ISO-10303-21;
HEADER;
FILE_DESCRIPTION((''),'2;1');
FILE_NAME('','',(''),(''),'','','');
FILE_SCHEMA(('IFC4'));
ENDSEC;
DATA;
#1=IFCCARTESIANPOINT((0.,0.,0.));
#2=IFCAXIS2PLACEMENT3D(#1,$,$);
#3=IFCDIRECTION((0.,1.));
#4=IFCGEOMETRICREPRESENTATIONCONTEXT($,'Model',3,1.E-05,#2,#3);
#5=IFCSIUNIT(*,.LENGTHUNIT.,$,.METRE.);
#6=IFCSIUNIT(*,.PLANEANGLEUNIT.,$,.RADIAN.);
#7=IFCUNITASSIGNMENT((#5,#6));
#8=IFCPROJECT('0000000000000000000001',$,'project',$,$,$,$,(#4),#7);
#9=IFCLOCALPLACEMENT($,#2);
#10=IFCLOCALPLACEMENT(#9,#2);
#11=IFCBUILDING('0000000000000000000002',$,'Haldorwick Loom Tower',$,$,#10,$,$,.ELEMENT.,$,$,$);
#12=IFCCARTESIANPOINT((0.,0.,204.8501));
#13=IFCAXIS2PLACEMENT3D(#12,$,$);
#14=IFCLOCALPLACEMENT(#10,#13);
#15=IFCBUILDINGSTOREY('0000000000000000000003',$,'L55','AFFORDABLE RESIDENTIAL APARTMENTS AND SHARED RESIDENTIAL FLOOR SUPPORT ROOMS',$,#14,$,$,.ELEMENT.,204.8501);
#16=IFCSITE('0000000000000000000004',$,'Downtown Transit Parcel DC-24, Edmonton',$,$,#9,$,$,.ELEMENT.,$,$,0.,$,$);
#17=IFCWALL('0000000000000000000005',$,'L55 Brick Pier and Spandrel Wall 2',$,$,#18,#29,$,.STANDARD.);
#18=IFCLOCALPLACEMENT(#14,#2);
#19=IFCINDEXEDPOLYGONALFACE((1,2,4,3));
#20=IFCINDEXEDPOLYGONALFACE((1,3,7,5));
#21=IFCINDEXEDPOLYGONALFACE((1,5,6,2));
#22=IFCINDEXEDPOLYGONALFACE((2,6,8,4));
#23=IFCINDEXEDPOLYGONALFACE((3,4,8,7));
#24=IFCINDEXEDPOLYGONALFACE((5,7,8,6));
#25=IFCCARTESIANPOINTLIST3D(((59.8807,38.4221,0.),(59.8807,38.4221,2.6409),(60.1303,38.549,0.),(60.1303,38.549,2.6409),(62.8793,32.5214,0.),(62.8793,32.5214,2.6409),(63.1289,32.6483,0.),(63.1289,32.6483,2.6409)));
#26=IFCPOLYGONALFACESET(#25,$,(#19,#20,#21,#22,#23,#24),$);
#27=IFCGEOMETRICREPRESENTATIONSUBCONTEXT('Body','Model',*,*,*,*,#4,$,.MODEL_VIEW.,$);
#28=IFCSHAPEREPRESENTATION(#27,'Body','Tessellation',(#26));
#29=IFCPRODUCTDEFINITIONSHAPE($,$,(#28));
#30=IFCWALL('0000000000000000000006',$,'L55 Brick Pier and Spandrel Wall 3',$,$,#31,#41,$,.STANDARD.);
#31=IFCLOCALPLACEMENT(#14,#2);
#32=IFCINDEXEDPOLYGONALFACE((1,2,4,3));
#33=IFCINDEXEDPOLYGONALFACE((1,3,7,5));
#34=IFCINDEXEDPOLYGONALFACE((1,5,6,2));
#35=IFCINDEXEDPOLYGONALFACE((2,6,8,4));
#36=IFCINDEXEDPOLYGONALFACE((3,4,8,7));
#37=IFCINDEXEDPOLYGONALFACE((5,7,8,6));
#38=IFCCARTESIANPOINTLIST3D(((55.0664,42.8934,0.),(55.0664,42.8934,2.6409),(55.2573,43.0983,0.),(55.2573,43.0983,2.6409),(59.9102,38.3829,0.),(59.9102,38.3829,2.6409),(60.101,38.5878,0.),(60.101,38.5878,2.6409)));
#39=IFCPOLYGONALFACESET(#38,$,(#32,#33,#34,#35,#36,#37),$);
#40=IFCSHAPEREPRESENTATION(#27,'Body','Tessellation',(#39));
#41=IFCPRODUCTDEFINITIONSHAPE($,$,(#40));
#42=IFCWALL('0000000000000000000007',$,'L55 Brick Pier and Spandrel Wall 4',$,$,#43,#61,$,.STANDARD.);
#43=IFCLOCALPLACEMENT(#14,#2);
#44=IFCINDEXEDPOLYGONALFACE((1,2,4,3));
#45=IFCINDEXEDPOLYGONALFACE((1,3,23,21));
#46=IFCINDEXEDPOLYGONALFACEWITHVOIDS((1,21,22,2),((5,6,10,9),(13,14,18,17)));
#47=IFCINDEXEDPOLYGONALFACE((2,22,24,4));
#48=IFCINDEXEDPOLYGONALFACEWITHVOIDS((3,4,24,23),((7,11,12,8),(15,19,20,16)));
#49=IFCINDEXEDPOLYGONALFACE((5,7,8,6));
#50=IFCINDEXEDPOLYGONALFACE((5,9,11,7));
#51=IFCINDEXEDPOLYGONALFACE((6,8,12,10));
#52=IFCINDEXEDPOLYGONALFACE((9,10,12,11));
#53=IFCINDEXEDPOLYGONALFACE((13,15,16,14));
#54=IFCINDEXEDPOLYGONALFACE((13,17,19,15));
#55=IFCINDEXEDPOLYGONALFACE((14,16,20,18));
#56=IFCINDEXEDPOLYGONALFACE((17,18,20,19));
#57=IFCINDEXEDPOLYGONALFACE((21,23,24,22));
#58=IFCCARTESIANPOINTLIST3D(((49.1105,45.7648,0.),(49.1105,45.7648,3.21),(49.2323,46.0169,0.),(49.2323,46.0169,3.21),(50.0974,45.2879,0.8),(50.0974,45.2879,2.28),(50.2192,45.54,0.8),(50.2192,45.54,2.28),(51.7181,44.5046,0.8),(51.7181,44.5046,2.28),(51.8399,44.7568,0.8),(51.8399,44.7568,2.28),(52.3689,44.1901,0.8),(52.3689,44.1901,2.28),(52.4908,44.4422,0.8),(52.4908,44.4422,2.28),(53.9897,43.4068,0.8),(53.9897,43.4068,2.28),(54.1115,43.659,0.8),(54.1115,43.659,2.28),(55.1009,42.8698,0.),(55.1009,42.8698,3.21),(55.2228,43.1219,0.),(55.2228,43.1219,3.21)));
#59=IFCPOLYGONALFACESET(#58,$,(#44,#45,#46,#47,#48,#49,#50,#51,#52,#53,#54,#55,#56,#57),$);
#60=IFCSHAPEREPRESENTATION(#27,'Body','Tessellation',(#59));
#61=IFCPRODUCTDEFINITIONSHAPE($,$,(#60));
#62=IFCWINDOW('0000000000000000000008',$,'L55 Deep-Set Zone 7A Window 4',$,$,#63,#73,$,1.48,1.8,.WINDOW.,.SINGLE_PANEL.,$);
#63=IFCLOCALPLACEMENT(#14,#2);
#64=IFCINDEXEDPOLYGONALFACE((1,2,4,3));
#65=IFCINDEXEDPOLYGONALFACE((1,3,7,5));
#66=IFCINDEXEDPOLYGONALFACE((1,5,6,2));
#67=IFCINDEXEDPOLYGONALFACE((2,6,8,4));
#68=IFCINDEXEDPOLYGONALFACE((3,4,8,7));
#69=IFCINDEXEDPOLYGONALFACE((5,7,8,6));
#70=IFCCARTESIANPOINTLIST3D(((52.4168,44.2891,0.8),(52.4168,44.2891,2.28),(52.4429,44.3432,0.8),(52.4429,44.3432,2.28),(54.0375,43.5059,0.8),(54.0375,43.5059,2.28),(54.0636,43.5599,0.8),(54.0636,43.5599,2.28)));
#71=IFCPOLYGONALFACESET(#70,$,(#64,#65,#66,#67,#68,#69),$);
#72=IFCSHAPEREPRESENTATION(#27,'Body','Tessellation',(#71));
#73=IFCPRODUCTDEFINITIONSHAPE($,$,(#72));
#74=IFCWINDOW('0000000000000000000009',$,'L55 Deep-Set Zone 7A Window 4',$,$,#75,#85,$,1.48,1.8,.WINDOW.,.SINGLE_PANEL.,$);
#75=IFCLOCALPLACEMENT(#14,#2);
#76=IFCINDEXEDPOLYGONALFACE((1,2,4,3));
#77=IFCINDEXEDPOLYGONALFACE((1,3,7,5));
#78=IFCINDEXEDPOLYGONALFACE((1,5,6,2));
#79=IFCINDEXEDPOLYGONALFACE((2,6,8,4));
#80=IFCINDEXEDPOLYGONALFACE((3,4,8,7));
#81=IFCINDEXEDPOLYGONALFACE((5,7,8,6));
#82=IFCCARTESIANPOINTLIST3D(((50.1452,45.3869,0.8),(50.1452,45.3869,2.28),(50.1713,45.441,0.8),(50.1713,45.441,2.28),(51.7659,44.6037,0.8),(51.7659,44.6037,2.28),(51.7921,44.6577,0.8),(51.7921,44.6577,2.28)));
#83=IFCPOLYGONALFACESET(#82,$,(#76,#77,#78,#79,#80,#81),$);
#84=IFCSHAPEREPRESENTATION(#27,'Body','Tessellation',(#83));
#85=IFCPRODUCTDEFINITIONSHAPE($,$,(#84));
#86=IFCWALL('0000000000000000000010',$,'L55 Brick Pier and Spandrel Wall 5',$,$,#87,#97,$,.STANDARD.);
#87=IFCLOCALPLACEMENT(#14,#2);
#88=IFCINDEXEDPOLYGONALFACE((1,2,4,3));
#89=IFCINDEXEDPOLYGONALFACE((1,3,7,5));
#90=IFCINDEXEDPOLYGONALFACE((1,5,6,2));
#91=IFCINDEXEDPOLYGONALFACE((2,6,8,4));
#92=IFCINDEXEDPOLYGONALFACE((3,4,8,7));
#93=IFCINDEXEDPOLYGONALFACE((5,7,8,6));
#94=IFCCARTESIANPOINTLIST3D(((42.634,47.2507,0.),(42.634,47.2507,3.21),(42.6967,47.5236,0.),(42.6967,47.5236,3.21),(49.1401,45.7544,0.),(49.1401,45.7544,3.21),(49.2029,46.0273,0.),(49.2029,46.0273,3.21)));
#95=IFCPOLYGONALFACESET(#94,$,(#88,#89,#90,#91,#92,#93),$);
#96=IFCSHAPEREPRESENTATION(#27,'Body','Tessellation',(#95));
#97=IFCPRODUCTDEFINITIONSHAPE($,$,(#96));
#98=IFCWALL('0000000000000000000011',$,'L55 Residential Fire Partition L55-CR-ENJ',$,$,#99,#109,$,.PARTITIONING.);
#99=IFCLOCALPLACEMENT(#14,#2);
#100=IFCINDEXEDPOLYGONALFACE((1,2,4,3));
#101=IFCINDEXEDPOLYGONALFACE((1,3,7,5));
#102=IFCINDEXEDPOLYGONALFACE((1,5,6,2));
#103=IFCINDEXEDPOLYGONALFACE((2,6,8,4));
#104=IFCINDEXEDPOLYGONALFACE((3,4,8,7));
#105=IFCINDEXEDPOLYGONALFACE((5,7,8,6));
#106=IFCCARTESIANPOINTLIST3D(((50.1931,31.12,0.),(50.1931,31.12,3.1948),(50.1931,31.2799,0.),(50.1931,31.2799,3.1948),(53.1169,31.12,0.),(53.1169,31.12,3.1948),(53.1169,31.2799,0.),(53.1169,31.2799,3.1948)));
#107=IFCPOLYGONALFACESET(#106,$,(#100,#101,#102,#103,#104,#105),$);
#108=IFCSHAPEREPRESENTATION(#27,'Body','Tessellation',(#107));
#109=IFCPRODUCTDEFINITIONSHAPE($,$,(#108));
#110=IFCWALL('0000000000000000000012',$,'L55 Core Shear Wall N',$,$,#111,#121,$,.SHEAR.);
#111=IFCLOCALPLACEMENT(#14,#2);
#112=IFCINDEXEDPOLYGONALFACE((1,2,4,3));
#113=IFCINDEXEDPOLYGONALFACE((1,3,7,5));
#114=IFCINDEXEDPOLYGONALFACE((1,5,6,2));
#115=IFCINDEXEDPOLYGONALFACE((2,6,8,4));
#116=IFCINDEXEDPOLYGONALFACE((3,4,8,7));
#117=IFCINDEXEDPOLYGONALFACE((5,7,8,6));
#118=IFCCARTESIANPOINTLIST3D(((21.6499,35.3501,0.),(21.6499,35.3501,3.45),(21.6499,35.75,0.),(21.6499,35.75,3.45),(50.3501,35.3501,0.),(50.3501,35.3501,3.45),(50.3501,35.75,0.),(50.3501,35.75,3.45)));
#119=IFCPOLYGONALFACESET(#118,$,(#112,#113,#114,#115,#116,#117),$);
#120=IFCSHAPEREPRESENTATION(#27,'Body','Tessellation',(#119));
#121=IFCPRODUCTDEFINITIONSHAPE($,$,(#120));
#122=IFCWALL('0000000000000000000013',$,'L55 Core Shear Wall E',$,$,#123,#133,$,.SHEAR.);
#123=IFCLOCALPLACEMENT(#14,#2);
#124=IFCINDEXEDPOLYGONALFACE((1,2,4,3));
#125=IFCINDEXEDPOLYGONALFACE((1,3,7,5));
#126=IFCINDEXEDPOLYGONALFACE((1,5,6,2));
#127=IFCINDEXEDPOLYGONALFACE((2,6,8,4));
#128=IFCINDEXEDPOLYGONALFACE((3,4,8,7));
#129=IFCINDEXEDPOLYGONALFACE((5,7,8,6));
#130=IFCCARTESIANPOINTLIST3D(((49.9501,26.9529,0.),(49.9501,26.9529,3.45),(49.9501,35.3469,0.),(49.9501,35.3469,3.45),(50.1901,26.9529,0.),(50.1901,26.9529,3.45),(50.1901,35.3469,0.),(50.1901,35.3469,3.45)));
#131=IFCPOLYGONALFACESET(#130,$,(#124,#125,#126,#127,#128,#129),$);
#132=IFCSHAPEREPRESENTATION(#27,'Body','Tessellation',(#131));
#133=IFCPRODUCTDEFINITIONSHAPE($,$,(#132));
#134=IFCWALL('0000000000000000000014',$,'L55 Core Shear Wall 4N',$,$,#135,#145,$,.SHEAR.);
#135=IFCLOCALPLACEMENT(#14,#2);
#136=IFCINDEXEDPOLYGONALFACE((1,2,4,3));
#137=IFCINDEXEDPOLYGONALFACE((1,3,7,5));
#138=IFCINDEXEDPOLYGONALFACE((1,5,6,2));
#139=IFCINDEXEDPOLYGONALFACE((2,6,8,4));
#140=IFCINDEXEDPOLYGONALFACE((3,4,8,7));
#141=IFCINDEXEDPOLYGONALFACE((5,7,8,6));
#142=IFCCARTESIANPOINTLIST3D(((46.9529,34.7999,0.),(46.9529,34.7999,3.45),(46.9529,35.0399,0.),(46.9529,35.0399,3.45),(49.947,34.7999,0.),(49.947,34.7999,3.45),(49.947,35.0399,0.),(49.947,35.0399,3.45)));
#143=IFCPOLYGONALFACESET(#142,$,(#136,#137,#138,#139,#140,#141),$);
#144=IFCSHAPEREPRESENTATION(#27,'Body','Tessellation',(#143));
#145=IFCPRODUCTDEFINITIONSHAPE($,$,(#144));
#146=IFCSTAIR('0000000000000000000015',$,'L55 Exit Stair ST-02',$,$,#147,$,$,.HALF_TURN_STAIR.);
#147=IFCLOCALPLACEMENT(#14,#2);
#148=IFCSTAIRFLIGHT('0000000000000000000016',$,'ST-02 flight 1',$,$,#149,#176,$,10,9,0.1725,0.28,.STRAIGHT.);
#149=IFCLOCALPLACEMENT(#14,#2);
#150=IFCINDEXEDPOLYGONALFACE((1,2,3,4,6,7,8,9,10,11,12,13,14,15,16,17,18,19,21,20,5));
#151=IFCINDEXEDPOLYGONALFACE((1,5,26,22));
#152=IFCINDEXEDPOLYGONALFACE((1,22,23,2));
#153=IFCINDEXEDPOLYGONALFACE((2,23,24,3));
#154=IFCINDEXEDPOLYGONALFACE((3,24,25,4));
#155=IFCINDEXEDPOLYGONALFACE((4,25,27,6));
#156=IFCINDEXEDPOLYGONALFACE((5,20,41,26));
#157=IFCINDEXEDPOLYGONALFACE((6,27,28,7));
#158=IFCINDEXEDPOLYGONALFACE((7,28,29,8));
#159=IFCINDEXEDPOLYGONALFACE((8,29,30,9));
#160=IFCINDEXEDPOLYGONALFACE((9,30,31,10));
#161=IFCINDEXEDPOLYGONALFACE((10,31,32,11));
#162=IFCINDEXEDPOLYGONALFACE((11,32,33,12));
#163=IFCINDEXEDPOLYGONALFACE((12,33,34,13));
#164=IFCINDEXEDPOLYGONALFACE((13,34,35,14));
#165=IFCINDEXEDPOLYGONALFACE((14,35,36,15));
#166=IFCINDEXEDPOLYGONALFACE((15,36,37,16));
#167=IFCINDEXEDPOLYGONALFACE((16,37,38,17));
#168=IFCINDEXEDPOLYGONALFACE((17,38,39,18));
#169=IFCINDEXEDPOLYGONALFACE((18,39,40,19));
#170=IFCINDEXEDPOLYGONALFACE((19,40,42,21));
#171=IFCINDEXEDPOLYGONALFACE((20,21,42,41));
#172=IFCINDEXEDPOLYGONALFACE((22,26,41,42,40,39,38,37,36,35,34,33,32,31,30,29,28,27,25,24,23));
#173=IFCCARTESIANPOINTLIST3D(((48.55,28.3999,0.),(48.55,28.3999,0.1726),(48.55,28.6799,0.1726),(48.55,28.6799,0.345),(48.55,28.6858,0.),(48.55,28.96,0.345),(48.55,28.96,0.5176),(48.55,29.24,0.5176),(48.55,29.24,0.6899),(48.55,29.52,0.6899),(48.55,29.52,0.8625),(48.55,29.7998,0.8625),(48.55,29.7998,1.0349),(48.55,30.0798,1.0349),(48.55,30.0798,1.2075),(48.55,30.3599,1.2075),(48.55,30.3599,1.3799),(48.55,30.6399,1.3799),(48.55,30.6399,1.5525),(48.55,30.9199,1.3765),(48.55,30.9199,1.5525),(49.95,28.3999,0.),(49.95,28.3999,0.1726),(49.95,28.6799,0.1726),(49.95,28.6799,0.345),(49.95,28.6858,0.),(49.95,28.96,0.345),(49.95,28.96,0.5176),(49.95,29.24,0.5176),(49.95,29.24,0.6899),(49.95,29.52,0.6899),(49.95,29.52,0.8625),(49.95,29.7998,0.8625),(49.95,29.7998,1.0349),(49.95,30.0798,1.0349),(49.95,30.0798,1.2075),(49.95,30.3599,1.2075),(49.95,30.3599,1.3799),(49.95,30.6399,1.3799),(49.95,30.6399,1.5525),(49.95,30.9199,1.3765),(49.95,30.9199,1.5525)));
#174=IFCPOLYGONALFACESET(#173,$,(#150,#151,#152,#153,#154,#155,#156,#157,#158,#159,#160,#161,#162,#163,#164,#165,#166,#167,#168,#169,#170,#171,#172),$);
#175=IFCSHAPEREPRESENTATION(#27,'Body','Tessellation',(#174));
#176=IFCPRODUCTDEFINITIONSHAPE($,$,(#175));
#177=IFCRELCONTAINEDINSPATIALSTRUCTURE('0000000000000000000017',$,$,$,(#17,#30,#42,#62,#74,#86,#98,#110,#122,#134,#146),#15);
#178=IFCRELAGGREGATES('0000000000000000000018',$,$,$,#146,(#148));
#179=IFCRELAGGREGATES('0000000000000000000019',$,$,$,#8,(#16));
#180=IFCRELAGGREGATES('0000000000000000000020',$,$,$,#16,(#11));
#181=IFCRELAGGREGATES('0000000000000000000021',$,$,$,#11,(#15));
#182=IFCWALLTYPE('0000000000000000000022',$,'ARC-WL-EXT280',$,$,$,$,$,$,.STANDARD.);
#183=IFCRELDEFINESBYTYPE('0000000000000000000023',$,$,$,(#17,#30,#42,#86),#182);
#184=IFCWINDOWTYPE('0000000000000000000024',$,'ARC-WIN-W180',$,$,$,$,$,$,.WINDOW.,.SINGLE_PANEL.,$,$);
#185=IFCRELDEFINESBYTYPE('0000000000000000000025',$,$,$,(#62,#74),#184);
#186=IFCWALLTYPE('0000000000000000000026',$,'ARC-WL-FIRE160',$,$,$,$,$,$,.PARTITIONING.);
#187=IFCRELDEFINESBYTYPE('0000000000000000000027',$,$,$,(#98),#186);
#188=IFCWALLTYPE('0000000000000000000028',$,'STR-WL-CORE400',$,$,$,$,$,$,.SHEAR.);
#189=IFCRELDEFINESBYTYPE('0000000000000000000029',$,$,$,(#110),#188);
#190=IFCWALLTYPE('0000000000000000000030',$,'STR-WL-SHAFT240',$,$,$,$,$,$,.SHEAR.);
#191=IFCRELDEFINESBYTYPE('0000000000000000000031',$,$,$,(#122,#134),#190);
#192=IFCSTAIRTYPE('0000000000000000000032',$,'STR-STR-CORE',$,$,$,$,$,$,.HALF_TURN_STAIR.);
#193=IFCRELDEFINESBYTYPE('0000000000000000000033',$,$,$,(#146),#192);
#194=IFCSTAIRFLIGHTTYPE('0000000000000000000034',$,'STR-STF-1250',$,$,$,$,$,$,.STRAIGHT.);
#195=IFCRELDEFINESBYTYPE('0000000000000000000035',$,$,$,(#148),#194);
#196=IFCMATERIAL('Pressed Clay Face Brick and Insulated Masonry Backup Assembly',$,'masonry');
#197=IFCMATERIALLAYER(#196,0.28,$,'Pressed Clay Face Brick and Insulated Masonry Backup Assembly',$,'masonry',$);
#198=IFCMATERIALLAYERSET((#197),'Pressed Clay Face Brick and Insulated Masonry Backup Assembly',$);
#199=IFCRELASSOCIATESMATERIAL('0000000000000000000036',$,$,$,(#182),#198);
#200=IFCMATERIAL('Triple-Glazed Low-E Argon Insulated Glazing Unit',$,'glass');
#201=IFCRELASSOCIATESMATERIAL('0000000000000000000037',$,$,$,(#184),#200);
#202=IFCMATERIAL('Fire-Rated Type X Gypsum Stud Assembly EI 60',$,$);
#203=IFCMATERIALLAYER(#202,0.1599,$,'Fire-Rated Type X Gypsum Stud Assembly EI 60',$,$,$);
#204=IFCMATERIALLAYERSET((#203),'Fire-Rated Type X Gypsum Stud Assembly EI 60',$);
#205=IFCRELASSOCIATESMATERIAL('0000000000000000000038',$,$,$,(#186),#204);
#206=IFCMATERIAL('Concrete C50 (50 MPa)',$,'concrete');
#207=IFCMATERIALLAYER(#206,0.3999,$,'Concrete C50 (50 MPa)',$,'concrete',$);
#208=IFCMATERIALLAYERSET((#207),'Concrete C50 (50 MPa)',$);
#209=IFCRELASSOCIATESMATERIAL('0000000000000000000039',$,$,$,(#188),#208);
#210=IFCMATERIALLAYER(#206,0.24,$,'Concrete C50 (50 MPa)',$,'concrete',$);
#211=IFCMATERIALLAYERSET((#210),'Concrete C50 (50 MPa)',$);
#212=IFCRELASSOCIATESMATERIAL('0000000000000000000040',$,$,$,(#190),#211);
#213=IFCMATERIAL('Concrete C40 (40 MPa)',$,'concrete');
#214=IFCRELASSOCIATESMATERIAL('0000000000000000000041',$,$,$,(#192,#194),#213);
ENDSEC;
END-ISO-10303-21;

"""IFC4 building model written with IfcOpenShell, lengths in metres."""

from ifc_helpers import new_model, si_unit, direction, frame, frame_2d, origin, place, context, subcontext, project, spatial, polyline, rectangle, outline, extrude, material, layer, layer_set, type_object, element, fill, aggregate, save


model = new_model("IFC4")

# Units and contexts
model_context = context("Model", 3, precision=1e-05, world=origin(), true_north=direction((0.0, 1.0)))
body_context = subcontext(model_context, "Body", "Model", "MODEL_VIEW")
ifc_project = project(units=[si_unit("LENGTHUNIT", "METRE"), si_unit("PLANEANGLEUNIT", "RADIAN")], contexts=[model_context])

# Site, building, storey
site_placement = place(None, origin())
site = spatial("IfcSite", under=ifc_project, at=site_placement, Name="Downtown Transit Parcel DC-24, Edmonton", CompositionType="ELEMENT", RefElevation=0.0)
building_placement = place(site_placement, origin())
building = spatial("IfcBuilding", under=site, at=building_placement, Name="Haldorwick Loom Tower", CompositionType="ELEMENT")
storey_placement = place(building_placement, frame((0.0, 0.0, 204.8501)))
storey = spatial("IfcBuildingStorey", under=building, at=storey_placement, Name="L55", Description="AFFORDABLE RESIDENTIAL APARTMENTS AND SHARED RESIDENTIAL FLOOR SUPPORT ROOMS", CompositionType="ELEMENT", Elevation=204.8501)

# Walls
ifc_material_1 = material(Name="Pressed Clay Face Brick and Insulated Masonry Backup Assembly", Category="masonry")
ifc_layer_1 = layer(ifc_material_1, 0.28, Name="Pressed Clay Face Brick and Insulated Masonry Backup Assembly", Category="masonry")
ifc_layer_set_1 = layer_set([ifc_layer_1], Name="Pressed Clay Face Brick and Insulated Masonry Backup Assembly")
wall_type_1 = type_object("IfcWallType", Name="ARC-WL-EXT280", PredefinedType="STANDARD", material=ifc_layer_set_1)
wall_1_placement = place(storey_placement, frame((63.0042, 32.5847, 0.0), z_axis=(0.0, 0.0, 1.0), x_axis=(-0.453032, 0.891494, 0.0)))
element("IfcWall", 1, at=wall_1_placement, inside=storey, type_object=wall_type_1, Name="L55 Brick Pier and Spandrel Wall 2", PredefinedType="STANDARD", context=body_context, shape_type="SweptSolid", body=[
    extrude(rectangle(XDim=6.6189, YDim=0.28, at=frame_2d((3.3096, 0.0))), origin(), (0.0, 0.0, 1.0), 2.6409),
])
wall_2_placement = place(storey_placement, frame((60.0056, 38.4854, 0.0), z_axis=(0.0, 0.0, 1.0), x_axis=(-0.731834, 0.681483, 0.0)))
element("IfcWall", 2, at=wall_2_placement, inside=storey, type_object=wall_type_1, Name="L55 Brick Pier and Spandrel Wall 3", PredefinedType="STANDARD", context=body_context, shape_type="SweptSolid", body=[
    extrude(rectangle(XDim=6.6187, YDim=0.28, at=frame_2d((3.3093, 0.0))), origin(), (0.0, 0.0, 1.0), 2.6409),
])

# Wall, openings, windows
wall_3_placement = place(storey_placement, frame((55.1619, 42.9958, 0.0), z_axis=(0.0, 0.0, 1.0), x_axis=(-0.900371, 0.435123, 0.0)))
wall_3 = element("IfcWall", 3, at=wall_3_placement, inside=storey, type_object=wall_type_1, Name="L55 Brick Pier and Spandrel Wall 4", PredefinedType="STANDARD", context=body_context, shape_type="SweptSolid", body=[
    extrude(rectangle(XDim=6.6533, YDim=0.28, at=frame_2d((3.3267, 0.0))), origin(), (0.0, 0.0, 1.0), 3.21),
])
opening_1_placement = place(wall_3_placement, frame((1.2344, 0.0, 0.8)))
opening_1 = element("IfcOpeningElement", 4, at=opening_1_placement, cuts=wall_3, PredefinedType="OPENING", context=body_context, shape_type="SweptSolid", body=[
    extrude(rectangle(XDim=1.8, YDim=1.48, at=frame_2d((0.8999, 0.74))), frame((0.0, 0.1499, 0.0), z_axis=(0.0, -1.0, 0.0), x_axis=(1.0, 0.0, 0.0)), (0.0, 0.0, 1.0), 0.3),
])
opening_2_placement = place(wall_3_placement, frame((3.7573, 0.0, 0.8)))
opening_2 = element("IfcOpeningElement", 5, at=opening_2_placement, cuts=wall_3, PredefinedType="OPENING", context=body_context, shape_type="SweptSolid", body=[
    extrude(rectangle(XDim=1.8, YDim=1.48, at=frame_2d((0.8999, 0.74))), frame((0.0, 0.1499, 0.0), z_axis=(0.0, -1.0, 0.0), x_axis=(1.0, 0.0, 0.0)), (0.0, 0.0, 1.0), 0.3),
])
ifc_material_2 = material(Name="Triple-Glazed Low-E Argon Insulated Glazing Unit", Category="glass")
window_type = type_object("IfcWindowType", Name="ARC-WIN-W180", PartitioningType="SINGLE_PANEL", PredefinedType="WINDOW", material=ifc_material_2)
window_1_placement = place(opening_1_placement, origin())
window_1 = element("IfcWindow", 6, at=window_1_placement, inside=storey, type_object=window_type, Name="L55 Deep-Set Zone 7A Window 4", OverallHeight=1.48, OverallWidth=1.8, PartitioningType="SINGLE_PANEL", PredefinedType="WINDOW", context=body_context, shape_type="SweptSolid", body=[
    extrude(rectangle(XDim=1.8, YDim=1.48, at=frame_2d((0.8999, 0.74))), frame((0.0, 0.03, 0.0), z_axis=(0.0, -1.0, 0.0), x_axis=(1.0, 0.0, 0.0)), (0.0, 0.0, 1.0), 0.0601),
])
fill(opening_1, window_1)
window_2_placement = place(opening_2_placement, origin())
window_2 = element("IfcWindow", 7, at=window_2_placement, inside=storey, type_object=window_type, Name="L55 Deep-Set Zone 7A Window 4", OverallHeight=1.48, OverallWidth=1.8, PartitioningType="SINGLE_PANEL", PredefinedType="WINDOW", context=body_context, shape_type="SweptSolid", body=[
    extrude(rectangle(XDim=1.8, YDim=1.48, at=frame_2d((0.8999, 0.74))), frame((0.0, 0.03, 0.0), z_axis=(0.0, -1.0, 0.0), x_axis=(1.0, 0.0, 0.0)), (0.0, 0.0, 1.0), 0.0601),
])
fill(opening_2, window_2)

# Walls
wall_4_placement = place(storey_placement, frame((49.1714, 45.8909, 0.0), z_axis=(0.0, 0.0, 1.0), x_axis=(-0.974557, 0.224138, 0.0)))
element("IfcWall", 8, at=wall_4_placement, inside=storey, type_object=wall_type_1, Name="L55 Brick Pier and Spandrel Wall 5", PredefinedType="STANDARD", context=body_context, shape_type="SweptSolid", body=[
    extrude(rectangle(XDim=6.676, YDim=0.28, at=frame_2d((3.3379, 0.0))), origin(), (0.0, 0.0, 1.0), 3.21),
])
ifc_material_3 = material(Name="Fire-Rated Type X Gypsum Stud Assembly EI 60")
ifc_layer_2 = layer(ifc_material_3, 0.1599, Name="Fire-Rated Type X Gypsum Stud Assembly EI 60")
ifc_layer_set_2 = layer_set([ifc_layer_2], Name="Fire-Rated Type X Gypsum Stud Assembly EI 60")
wall_type_2 = type_object("IfcWallType", Name="ARC-WL-FIRE160", PredefinedType="PARTITIONING", material=ifc_layer_set_2)
wall_5_placement = place(storey_placement, frame((50.1931, 31.2, 0.0), z_axis=(0.0, 0.0, 1.0), x_axis=(1.0, 0.0, 0.0)))
element("IfcWall", 9, at=wall_5_placement, inside=storey, type_object=wall_type_2, Name="L55 Residential Fire Partition L55-CR-ENJ", PredefinedType="PARTITIONING", context=body_context, shape_type="SweptSolid", body=[
    extrude(rectangle(XDim=2.9238, YDim=0.1599, at=frame_2d((1.4619, 0.0))), origin(), (0.0, 0.0, 1.0), 3.1948),
])
ifc_material_4 = material(Name="Concrete C50 (50 MPa)", Category="concrete")
ifc_layer_3 = layer(ifc_material_4, 0.3999, Name="Concrete C50 (50 MPa)", Category="concrete")
ifc_layer_set_3 = layer_set([ifc_layer_3], Name="Concrete C50 (50 MPa)")
wall_type_3 = type_object("IfcWallType", Name="STR-WL-CORE400", PredefinedType="SHEAR", material=ifc_layer_set_3)
wall_6_placement = place(storey_placement, frame((50.3501, 35.55, 0.0), z_axis=(0.0, 0.0, 1.0), x_axis=(-1.0, 0.0, 0.0)))
element("IfcWall", 10, at=wall_6_placement, inside=storey, type_object=wall_type_3, Name="L55 Core Shear Wall N", PredefinedType="SHEAR", context=body_context, shape_type="SweptSolid", body=[
    extrude(rectangle(XDim=28.7002, YDim=0.3999, at=frame_2d((14.3501, 0.0))), origin(), (0.0, 0.0, 1.0), 3.45),
])
ifc_layer_4 = layer(ifc_material_4, 0.24, Name="Concrete C50 (50 MPa)", Category="concrete")
ifc_layer_set_4 = layer_set([ifc_layer_4], Name="Concrete C50 (50 MPa)")
wall_type_4 = type_object("IfcWallType", Name="STR-WL-SHAFT240", PredefinedType="SHEAR", material=ifc_layer_set_4)
wall_7_placement = place(storey_placement, frame((50.0701, 26.9529, 0.0), z_axis=(0.0, 0.0, 1.0), x_axis=(0.0, 1.0, 0.0)))
element("IfcWall", 11, at=wall_7_placement, inside=storey, type_object=wall_type_4, Name="L55 Core Shear Wall E", PredefinedType="SHEAR", context=body_context, shape_type="SweptSolid", body=[
    extrude(rectangle(XDim=8.394, YDim=0.24, at=frame_2d((4.197, 0.0))), origin(), (0.0, 0.0, 1.0), 3.45),
])
wall_8_placement = place(storey_placement, frame((46.9529, 34.9199, 0.0), z_axis=(0.0, 0.0, 1.0), x_axis=(1.0, 0.0, 0.0)))
element("IfcWall", 12, at=wall_8_placement, inside=storey, type_object=wall_type_4, Name="L55 Core Shear Wall 4N", PredefinedType="SHEAR", context=body_context, shape_type="SweptSolid", body=[
    extrude(rectangle(XDim=2.9941, YDim=0.24, at=frame_2d((1.4971, 0.0))), origin(), (0.0, 0.0, 1.0), 3.45),
])

# Stair, stair flight
ifc_material_5 = material(Name="Concrete C40 (40 MPa)", Category="concrete")
stair_type = type_object("IfcStairType", Name="STR-STR-CORE", PredefinedType="HALF_TURN_STAIR", material=ifc_material_5)
stair_placement = place(storey_placement, origin())
stair = element("IfcStair", 13, at=stair_placement, inside=storey, type_object=stair_type, Name="L55 Exit Stair ST-02", PredefinedType="HALF_TURN_STAIR")
stair_flight_type = type_object("IfcStairFlightType", Name="STR-STF-1250", PredefinedType="STRAIGHT", material=ifc_material_5)
stair_flight_1_placement = place(storey_placement, frame((49.25, 28.3999, 0.0), z_axis=(0.0, 0.0, 1.0), x_axis=(0.0, 1.0, 0.0)))
stair_flight_1 = element("IfcStairFlight", 14, at=stair_flight_1_placement, type_object=stair_flight_type, Name="ST-02 flight 1", NumberOfRisers=10, NumberOfTreads=9, PredefinedType="STRAIGHT", RiserHeight=0.1725, TreadLength=0.28, context=body_context, shape_type="SweptSolid", body=[
    extrude(outline(polyline([(0.0, 0.0), (0.0, 0.1726), (0.28, 0.1726), (0.28, 0.345), (0.5601, 0.345), (0.5601, 0.5176), (0.8401, 0.5176), (0.8401, 0.6899), (1.1201, 0.6899), (1.1201, 0.8625), (1.3999, 0.8625), (1.3999, 1.0349), (1.6799, 1.0349), (1.6799, 1.2075), (1.96, 1.2075), (1.96, 1.3799), (2.24, 1.3799), (2.24, 1.5525), (2.52, 1.5525), (2.52, 1.7251), (2.52, 1.3765), (0.2859, 0.0), (0.0, 0.0)])), frame((0.0, 0.7, 0.0), z_axis=(0.0, -1.0, 0.0), x_axis=(1.0, 0.0, 0.0)), (0.0, 0.0, 1.0), 1.3999),
])
aggregate(stair, [stair_flight_1])

save(model, "model.ifc")
